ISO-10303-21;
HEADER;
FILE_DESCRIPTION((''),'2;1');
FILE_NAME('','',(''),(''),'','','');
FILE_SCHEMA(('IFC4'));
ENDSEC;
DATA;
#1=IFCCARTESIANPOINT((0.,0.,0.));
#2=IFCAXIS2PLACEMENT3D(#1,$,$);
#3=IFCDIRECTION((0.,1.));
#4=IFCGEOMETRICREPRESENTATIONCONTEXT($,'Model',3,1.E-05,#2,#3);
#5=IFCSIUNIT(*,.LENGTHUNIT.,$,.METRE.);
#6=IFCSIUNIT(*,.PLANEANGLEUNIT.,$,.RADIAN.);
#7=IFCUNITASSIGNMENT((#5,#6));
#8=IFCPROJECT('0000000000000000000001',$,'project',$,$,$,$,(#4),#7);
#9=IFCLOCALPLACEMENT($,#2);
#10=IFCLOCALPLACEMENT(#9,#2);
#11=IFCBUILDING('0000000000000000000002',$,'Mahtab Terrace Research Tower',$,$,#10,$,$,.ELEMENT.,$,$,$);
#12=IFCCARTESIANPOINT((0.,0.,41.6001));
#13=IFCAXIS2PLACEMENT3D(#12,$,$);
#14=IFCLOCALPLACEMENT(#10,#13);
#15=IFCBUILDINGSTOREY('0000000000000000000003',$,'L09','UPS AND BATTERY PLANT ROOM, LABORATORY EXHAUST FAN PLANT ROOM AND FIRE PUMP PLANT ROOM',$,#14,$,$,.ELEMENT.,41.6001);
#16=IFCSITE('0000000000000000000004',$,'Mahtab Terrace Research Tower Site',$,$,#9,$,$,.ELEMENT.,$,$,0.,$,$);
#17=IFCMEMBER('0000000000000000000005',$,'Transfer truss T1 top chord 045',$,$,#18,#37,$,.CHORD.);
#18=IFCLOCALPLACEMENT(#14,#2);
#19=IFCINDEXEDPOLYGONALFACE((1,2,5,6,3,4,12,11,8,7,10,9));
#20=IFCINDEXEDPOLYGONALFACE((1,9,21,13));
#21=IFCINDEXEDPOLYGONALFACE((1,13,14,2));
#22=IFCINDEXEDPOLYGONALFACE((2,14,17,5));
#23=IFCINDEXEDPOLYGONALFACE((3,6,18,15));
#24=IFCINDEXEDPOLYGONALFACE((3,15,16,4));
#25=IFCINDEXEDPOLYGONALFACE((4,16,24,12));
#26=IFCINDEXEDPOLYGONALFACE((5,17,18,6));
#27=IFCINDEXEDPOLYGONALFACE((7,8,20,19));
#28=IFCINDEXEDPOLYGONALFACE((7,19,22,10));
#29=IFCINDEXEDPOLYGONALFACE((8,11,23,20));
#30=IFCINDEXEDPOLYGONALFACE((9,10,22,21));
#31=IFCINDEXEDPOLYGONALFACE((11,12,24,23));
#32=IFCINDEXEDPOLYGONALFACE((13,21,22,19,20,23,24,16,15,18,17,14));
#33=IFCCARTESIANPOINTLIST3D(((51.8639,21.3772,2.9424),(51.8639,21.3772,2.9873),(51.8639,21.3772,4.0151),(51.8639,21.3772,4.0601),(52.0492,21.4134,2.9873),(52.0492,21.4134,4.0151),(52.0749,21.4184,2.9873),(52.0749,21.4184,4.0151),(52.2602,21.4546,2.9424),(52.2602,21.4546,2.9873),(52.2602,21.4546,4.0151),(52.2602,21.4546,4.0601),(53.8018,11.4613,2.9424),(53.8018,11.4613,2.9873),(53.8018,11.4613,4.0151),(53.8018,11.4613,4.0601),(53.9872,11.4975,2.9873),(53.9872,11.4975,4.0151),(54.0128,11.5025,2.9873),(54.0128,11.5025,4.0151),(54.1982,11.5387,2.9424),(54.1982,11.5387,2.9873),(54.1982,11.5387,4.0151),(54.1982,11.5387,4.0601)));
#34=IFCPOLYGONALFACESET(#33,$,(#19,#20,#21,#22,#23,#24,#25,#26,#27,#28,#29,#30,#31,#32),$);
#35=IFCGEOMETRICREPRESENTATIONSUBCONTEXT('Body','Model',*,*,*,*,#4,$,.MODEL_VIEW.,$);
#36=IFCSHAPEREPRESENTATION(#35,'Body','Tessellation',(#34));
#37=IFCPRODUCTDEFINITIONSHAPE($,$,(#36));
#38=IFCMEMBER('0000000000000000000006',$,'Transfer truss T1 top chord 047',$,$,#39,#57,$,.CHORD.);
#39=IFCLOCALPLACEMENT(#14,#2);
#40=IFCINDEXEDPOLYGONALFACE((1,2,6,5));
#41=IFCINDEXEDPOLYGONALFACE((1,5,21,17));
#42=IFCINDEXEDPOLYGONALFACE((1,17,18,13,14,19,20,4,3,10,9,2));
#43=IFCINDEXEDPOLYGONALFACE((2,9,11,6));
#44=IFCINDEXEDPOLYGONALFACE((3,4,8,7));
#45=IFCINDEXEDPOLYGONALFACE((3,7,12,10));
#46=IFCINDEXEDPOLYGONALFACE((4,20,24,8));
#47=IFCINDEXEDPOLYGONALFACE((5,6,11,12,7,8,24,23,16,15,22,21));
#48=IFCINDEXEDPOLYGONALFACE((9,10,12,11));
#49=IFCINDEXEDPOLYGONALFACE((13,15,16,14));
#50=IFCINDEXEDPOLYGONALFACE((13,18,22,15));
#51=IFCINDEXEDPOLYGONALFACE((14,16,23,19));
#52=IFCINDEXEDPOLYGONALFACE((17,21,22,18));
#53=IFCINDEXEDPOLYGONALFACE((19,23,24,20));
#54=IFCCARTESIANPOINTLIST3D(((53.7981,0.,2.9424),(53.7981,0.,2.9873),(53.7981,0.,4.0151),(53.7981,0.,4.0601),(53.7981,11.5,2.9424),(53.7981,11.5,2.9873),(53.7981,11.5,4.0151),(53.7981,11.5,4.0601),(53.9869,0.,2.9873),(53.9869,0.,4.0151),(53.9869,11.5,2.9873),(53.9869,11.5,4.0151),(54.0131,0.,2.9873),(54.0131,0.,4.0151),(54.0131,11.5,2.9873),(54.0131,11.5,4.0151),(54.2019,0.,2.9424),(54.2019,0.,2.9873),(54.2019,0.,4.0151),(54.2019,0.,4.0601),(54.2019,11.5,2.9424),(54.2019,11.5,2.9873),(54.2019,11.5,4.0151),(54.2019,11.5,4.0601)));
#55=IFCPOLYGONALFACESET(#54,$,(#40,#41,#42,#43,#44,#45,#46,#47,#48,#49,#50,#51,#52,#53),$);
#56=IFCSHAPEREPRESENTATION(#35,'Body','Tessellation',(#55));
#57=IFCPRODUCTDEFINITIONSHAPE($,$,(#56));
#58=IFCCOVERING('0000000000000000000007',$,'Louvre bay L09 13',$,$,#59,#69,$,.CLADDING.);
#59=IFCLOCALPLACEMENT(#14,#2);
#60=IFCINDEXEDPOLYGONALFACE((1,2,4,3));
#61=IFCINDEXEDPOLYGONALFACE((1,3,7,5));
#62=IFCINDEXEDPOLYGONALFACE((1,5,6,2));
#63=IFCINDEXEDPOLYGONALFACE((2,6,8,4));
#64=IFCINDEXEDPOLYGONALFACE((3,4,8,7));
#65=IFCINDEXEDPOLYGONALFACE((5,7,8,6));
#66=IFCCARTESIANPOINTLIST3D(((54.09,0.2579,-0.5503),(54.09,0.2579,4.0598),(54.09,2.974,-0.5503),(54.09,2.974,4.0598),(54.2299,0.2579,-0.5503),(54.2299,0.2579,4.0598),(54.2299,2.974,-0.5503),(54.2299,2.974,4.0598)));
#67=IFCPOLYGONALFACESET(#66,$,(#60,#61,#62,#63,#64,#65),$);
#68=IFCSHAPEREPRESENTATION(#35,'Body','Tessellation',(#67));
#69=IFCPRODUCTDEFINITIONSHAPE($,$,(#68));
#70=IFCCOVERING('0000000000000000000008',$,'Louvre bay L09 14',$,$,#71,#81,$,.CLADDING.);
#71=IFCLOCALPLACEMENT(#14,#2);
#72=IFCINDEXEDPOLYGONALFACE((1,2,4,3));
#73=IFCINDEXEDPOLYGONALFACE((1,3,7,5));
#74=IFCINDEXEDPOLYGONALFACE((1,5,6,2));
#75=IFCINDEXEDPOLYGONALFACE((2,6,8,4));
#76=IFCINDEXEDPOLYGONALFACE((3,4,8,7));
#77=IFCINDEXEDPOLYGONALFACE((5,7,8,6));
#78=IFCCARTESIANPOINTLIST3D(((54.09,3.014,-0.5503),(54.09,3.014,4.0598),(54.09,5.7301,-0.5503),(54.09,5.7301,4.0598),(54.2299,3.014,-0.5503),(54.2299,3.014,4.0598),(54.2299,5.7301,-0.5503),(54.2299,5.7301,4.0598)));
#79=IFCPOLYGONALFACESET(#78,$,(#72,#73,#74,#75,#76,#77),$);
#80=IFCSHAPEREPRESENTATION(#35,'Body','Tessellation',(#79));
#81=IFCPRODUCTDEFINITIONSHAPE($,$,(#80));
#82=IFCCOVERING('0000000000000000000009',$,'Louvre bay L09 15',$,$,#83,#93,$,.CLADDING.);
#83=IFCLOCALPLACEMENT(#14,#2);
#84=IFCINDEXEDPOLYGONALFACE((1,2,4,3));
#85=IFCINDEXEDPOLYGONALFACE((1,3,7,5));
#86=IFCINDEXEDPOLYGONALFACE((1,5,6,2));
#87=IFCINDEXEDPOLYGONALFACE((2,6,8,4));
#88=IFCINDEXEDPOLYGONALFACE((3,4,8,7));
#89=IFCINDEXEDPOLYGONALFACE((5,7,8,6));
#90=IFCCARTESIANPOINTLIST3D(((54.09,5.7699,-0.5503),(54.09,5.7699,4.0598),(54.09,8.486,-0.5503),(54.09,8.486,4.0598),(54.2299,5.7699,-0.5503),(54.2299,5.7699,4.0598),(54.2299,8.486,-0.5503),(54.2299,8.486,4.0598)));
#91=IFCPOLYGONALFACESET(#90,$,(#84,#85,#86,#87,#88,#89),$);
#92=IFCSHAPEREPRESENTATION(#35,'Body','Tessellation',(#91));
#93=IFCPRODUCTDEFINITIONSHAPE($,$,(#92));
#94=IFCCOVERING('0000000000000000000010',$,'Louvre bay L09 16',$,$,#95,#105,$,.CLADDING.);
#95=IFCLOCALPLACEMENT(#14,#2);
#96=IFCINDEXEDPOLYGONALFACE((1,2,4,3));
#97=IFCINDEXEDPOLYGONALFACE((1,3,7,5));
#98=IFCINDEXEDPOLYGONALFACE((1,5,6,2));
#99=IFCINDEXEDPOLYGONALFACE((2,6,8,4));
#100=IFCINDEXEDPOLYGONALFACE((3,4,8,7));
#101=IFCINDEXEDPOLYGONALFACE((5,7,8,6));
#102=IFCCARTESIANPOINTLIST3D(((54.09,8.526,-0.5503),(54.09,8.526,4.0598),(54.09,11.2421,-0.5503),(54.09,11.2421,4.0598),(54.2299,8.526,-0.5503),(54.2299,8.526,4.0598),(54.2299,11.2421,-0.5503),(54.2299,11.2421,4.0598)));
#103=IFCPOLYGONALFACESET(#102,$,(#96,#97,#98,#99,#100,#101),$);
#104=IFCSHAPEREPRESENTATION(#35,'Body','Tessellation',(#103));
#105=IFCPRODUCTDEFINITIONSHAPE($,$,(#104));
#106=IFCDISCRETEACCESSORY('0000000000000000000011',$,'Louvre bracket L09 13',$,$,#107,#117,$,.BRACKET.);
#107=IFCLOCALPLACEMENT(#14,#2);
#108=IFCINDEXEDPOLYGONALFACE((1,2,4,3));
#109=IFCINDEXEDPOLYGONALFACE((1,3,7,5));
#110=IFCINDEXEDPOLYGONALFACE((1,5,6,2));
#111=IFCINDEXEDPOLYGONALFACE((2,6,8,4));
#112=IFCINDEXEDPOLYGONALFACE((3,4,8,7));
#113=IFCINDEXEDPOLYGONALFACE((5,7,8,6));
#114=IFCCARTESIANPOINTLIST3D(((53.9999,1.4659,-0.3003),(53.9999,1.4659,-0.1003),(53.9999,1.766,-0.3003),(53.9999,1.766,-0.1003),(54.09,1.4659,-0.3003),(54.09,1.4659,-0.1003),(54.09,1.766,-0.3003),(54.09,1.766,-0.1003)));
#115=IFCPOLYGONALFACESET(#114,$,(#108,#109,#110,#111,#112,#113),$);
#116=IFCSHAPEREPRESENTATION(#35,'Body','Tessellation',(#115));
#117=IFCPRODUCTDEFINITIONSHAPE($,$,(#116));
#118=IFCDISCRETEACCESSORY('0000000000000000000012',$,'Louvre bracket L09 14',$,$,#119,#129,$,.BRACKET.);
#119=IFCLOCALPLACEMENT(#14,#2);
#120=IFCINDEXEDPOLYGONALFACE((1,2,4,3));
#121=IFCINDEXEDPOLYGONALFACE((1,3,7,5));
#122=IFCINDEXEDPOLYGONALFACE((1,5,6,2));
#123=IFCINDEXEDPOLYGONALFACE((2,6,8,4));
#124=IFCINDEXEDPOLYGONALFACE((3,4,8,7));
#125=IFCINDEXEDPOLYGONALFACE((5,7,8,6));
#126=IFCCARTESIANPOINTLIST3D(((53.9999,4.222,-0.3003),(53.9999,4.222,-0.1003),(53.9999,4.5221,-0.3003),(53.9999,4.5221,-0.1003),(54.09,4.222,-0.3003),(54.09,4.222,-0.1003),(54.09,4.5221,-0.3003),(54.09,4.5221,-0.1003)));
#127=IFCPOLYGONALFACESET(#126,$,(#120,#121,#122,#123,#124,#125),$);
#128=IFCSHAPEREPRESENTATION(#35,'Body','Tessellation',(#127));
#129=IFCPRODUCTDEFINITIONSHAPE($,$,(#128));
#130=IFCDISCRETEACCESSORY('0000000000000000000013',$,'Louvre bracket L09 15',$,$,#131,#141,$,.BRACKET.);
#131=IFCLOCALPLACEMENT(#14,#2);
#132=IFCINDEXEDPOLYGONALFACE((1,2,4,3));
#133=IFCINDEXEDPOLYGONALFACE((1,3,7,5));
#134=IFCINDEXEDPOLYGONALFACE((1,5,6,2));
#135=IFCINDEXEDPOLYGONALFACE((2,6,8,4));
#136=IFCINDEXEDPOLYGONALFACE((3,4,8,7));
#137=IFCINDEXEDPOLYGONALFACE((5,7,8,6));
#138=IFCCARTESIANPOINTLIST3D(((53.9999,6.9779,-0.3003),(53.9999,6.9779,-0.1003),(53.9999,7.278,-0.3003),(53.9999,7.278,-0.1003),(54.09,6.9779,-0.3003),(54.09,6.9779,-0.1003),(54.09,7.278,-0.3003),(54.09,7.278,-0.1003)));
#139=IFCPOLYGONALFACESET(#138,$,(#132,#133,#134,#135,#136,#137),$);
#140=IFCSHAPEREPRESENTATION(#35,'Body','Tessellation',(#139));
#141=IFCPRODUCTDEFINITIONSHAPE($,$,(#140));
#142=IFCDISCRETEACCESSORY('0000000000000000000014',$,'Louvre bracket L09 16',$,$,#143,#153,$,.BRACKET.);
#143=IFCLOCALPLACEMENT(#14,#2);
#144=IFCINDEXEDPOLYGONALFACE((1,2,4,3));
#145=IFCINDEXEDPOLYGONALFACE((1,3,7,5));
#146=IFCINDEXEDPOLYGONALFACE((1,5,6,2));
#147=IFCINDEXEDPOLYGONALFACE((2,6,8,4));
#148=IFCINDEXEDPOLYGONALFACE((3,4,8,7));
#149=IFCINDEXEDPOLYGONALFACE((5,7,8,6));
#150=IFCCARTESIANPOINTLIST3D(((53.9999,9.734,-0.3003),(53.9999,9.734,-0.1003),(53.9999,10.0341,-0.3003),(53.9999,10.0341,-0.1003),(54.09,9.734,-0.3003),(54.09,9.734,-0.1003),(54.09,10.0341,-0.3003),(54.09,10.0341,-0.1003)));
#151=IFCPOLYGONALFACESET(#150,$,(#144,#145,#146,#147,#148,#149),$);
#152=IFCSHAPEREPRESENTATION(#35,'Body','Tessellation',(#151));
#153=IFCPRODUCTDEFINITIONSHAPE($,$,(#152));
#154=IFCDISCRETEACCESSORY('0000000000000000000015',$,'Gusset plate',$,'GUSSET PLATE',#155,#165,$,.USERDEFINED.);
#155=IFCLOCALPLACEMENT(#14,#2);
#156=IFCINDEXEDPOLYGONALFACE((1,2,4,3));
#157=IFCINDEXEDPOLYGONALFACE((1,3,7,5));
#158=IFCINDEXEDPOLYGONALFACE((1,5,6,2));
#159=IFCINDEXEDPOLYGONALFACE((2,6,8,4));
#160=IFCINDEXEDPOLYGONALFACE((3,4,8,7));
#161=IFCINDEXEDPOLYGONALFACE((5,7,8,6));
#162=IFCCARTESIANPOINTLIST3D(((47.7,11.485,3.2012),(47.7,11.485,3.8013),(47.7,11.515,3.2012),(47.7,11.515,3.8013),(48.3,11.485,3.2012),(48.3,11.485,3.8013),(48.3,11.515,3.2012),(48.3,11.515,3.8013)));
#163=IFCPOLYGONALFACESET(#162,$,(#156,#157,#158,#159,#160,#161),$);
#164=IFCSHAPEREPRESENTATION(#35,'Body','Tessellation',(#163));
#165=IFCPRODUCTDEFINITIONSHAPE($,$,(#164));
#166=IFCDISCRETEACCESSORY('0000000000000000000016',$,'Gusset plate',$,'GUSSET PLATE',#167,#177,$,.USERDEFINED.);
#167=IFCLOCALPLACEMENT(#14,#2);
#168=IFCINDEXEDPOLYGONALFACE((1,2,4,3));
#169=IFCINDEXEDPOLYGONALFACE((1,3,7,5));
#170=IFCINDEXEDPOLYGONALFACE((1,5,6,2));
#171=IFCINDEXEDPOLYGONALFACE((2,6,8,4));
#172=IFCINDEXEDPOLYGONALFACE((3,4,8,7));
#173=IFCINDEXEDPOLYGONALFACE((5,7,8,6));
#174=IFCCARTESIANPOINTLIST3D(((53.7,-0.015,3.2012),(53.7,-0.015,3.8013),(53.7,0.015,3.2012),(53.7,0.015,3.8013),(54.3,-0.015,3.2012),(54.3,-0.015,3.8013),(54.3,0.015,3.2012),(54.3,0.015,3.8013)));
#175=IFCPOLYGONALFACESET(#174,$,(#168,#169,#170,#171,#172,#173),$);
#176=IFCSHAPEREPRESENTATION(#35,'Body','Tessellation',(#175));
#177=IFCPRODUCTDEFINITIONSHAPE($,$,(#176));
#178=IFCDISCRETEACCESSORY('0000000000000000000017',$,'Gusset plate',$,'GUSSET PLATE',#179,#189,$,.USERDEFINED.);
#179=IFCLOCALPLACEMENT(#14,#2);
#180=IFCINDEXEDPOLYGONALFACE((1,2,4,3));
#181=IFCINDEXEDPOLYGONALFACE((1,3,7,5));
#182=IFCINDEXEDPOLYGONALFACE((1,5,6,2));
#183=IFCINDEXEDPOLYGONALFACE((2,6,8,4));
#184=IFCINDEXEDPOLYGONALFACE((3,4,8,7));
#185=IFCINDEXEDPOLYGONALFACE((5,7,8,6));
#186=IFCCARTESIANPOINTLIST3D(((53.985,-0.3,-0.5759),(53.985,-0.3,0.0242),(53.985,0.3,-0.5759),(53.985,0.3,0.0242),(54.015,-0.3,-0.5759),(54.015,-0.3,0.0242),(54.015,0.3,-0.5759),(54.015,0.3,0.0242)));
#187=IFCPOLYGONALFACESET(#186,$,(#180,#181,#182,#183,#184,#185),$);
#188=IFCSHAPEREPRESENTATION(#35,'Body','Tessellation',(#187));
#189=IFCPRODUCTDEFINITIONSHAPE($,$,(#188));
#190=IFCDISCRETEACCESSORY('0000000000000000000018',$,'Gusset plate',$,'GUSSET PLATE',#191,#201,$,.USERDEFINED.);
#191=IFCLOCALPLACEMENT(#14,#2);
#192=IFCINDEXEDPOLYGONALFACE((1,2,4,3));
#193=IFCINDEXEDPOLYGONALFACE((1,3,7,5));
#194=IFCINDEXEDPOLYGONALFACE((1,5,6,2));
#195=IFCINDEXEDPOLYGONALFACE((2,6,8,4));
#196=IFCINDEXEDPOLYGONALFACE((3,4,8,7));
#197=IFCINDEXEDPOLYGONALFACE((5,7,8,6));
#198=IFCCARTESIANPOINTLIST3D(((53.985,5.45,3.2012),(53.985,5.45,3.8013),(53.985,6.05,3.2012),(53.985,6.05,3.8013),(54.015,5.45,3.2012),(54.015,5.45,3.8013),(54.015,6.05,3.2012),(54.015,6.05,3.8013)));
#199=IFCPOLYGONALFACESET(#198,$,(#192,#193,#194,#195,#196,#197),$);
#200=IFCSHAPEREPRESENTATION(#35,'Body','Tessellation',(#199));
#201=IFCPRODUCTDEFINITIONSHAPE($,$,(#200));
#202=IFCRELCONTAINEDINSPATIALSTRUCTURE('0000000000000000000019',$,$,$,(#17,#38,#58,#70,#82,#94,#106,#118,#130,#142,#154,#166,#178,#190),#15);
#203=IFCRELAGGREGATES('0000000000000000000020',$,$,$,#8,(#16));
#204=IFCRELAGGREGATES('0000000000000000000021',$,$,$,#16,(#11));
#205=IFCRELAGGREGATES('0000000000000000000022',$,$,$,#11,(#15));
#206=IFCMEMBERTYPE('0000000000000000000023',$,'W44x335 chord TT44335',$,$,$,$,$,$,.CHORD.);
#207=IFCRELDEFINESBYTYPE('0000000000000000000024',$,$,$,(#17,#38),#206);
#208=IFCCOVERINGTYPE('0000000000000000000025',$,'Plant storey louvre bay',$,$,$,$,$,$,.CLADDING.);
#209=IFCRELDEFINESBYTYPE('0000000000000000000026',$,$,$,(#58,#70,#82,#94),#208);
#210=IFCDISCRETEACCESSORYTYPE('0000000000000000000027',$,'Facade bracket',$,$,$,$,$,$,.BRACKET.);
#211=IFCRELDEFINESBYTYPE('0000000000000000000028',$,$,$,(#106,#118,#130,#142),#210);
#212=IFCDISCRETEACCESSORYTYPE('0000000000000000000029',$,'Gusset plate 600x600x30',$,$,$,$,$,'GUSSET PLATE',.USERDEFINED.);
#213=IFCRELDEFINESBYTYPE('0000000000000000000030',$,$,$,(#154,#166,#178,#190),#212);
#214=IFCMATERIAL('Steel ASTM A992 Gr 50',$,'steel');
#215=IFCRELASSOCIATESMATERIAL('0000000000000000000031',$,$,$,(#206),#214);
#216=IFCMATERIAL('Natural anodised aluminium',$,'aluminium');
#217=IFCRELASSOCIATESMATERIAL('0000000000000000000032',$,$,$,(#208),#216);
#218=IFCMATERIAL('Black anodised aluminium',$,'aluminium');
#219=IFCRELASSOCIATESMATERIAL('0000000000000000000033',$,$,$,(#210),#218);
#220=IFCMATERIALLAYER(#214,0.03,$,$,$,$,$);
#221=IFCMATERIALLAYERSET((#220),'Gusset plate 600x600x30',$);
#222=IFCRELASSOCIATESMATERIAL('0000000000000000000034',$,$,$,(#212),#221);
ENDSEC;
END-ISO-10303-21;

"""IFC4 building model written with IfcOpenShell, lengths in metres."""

from ifc_helpers import new_model, si_unit, direction, frame, origin, origin_2d, place, context, subcontext, project, spatial, rectangle, i_section, extrude, material, layer, layer_set, material_profile, profile_set, type_object, element, save


model = new_model("IFC4")

# Units and contexts
model_context = context("Model", 3, precision=1e-05, world=origin(), true_north=direction((0.0, 1.0)))
body_context = subcontext(model_context, "Body", "Model", "MODEL_VIEW")
ifc_project = project(units=[si_unit("LENGTHUNIT", "METRE"), si_unit("PLANEANGLEUNIT", "RADIAN")], contexts=[model_context])

# Site, building, storey
site_placement = place(None, origin())
site = spatial("IfcSite", under=ifc_project, at=site_placement, Name="Mahtab Terrace Research Tower Site", CompositionType="ELEMENT", RefElevation=0.0)
building_placement = place(site_placement, origin())
building = spatial("IfcBuilding", under=site, at=building_placement, Name="Mahtab Terrace Research Tower", CompositionType="ELEMENT")
storey_placement = place(building_placement, frame((0.0, 0.0, 41.6001)))
storey = spatial("IfcBuildingStorey", under=building, at=storey_placement, Name="L09", Description="UPS AND BATTERY PLANT ROOM, LABORATORY EXHAUST FAN PLANT ROOM AND FIRE PUMP PLANT ROOM", CompositionType="ELEMENT", Elevation=41.6001)

# Shared definitions
ifc_material_1 = material(Name="Steel ASTM A992 Gr 50", Category="steel")

# Members
ifc_material_profile_1 = material_profile(ifc_material_1, i_section(OverallWidth=0.4038, OverallDepth=1.1177, WebThickness=0.0261, FlangeThickness=0.0449, at=origin_2d()), Name="W44X335")
ifc_profile_set_1 = profile_set([ifc_material_profile_1], Name="Steel ASTM A992 Gr 50")
member_type_1 = type_object("IfcMemberType", Name="W44x335 chord TT44335", PredefinedType="CHORD", material=ifc_profile_set_1)
member_1_placement = place(storey_placement, frame((54.0, 11.5, 3.5012), z_axis=(-0.191811, 0.981432, 0.0), x_axis=(-0.981432, -0.191811, 0.0)))
element("IfcMember", 1, at=member_1_placement, inside=storey, type_object=member_type_1, Name="Transfer truss T1 top chord 045", PredefinedType="CHORD", context=body_context, shape_type="SweptSolid", body=[
    extrude(i_section(OverallWidth=0.4038, OverallDepth=1.1177, WebThickness=0.0261, FlangeThickness=0.0449, at=origin_2d()), origin(), (0.0, 0.0, 1.0), 10.1035),
])
member_2_placement = place(storey_placement, frame((54.0, 0.0, 3.5012), z_axis=(0.0, 1.0, 0.0), x_axis=(-1.0, 0.0, 0.0)))
element("IfcMember", 2, at=member_2_placement, inside=storey, type_object=member_type_1, Name="Transfer truss T1 top chord 047", PredefinedType="CHORD", context=body_context, shape_type="SweptSolid", body=[
    extrude(i_section(OverallWidth=0.4038, OverallDepth=1.1177, WebThickness=0.0261, FlangeThickness=0.0449, at=origin_2d()), origin(), (0.0, 0.0, 1.0), 11.5),
])

# Coverings
ifc_material_2 = material(Name="Natural anodised aluminium", Category="aluminium")
covering_type = type_object("IfcCoveringType", Name="Plant storey louvre bay", PredefinedType="CLADDING", material=ifc_material_2)
for number, where, z_axis, x_axis, name in (
    (3, (54.1599, 1.616, -0.5503), (0.0, 0.0, 1.0), (0.0, 1.0, 0.0), "Louvre bay L09 13"),
    (4, (54.1599, 4.3721, -0.5503), (0.0, 0.0, 1.0), (0.0, 1.0, 0.0), "Louvre bay L09 14"),
    (5, (54.1599, 7.1279, -0.5503), (0.0, 0.0, 1.0), (0.0, 1.0, 0.0), "Louvre bay L09 15"),
    (6, (54.1599, 9.884, -0.5503), (0.0, 0.0, 1.0), (0.0, 1.0, 0.0), "Louvre bay L09 16"),
):
    element("IfcCovering", number, at=place(storey_placement, frame(where, z_axis=z_axis, x_axis=x_axis)), inside=storey, type_object=covering_type, Name=name, PredefinedType="CLADDING", context=body_context, shape_type="SweptSolid", body=[
        extrude(rectangle(XDim=2.7161, YDim=0.1399, at=origin_2d()), origin(), (0.0, 0.0, 1.0), 4.6101),
    ])

# Discrete accessories
ifc_material_3 = material(Name="Black anodised aluminium", Category="aluminium")
discrete_accessory_type_1 = type_object("IfcDiscreteAccessoryType", Name="Facade bracket", PredefinedType="BRACKET", material=ifc_material_3)
for number, where, z_axis, x_axis, name in (
    (7, (54.0449, 1.616, -0.3003), (0.0, 0.0, 1.0), (0.0, 1.0, 0.0), "Louvre bracket L09 13"),
    (8, (54.0449, 4.3721, -0.3003), (0.0, 0.0, 1.0), (0.0, 1.0, 0.0), "Louvre bracket L09 14"),
    (9, (54.0449, 7.1279, -0.3003), (0.0, 0.0, 1.0), (0.0, 1.0, 0.0), "Louvre bracket L09 15"),
    (10, (54.0449, 9.884, -0.3003), (0.0, 0.0, 1.0), (0.0, 1.0, 0.0), "Louvre bracket L09 16"),
):
    element("IfcDiscreteAccessory", number, at=place(storey_placement, frame(where, z_axis=z_axis, x_axis=x_axis)), inside=storey, type_object=discrete_accessory_type_1, Name=name, PredefinedType="BRACKET", context=body_context, shape_type="SweptSolid", body=[
        extrude(rectangle(XDim=0.3, YDim=0.0901, at=origin_2d()), origin(), (0.0, 0.0, 1.0), 0.2),
    ])
ifc_layer = layer(ifc_material_1, 0.03)
ifc_layer_set = layer_set([ifc_layer], Name="Gusset plate 600x600x30")
discrete_accessory_type_2 = type_object("IfcDiscreteAccessoryType", Name="Gusset plate 600x600x30", ElementType="GUSSET PLATE", PredefinedType="USERDEFINED", material=ifc_layer_set)
for number, where, z_axis, x_axis, name in (
    (11, (48.0, 11.5, 3.2012), (0.0, 0.0, 1.0), (1.0, 0.0, 0.0), "Gusset plate"),
    (12, (54.0, 0.0, 3.2012), (0.0, 0.0, 1.0), (1.0, 0.0, 0.0), "Gusset plate"),
    (13, (54.0, 0.0, -0.5759), (0.0, 0.0, 1.0), (0.0, 1.0, 0.0), "Gusset plate"),
    (14, (54.0, 5.75, 3.2012), (0.0, 0.0, 1.0), (0.0, 1.0, 0.0), "Gusset plate"),
):
    element("IfcDiscreteAccessory", number, at=place(storey_placement, frame(where, z_axis=z_axis, x_axis=x_axis)), inside=storey, type_object=discrete_accessory_type_2, Name=name, ObjectType="GUSSET PLATE", PredefinedType="USERDEFINED", context=body_context, shape_type="SweptSolid", body=[
        extrude(rectangle(XDim=0.6001, YDim=0.03, at=origin_2d()), origin(), (0.0, 0.0, 1.0), 0.6001),
    ])

save(model, "model.ifc")
